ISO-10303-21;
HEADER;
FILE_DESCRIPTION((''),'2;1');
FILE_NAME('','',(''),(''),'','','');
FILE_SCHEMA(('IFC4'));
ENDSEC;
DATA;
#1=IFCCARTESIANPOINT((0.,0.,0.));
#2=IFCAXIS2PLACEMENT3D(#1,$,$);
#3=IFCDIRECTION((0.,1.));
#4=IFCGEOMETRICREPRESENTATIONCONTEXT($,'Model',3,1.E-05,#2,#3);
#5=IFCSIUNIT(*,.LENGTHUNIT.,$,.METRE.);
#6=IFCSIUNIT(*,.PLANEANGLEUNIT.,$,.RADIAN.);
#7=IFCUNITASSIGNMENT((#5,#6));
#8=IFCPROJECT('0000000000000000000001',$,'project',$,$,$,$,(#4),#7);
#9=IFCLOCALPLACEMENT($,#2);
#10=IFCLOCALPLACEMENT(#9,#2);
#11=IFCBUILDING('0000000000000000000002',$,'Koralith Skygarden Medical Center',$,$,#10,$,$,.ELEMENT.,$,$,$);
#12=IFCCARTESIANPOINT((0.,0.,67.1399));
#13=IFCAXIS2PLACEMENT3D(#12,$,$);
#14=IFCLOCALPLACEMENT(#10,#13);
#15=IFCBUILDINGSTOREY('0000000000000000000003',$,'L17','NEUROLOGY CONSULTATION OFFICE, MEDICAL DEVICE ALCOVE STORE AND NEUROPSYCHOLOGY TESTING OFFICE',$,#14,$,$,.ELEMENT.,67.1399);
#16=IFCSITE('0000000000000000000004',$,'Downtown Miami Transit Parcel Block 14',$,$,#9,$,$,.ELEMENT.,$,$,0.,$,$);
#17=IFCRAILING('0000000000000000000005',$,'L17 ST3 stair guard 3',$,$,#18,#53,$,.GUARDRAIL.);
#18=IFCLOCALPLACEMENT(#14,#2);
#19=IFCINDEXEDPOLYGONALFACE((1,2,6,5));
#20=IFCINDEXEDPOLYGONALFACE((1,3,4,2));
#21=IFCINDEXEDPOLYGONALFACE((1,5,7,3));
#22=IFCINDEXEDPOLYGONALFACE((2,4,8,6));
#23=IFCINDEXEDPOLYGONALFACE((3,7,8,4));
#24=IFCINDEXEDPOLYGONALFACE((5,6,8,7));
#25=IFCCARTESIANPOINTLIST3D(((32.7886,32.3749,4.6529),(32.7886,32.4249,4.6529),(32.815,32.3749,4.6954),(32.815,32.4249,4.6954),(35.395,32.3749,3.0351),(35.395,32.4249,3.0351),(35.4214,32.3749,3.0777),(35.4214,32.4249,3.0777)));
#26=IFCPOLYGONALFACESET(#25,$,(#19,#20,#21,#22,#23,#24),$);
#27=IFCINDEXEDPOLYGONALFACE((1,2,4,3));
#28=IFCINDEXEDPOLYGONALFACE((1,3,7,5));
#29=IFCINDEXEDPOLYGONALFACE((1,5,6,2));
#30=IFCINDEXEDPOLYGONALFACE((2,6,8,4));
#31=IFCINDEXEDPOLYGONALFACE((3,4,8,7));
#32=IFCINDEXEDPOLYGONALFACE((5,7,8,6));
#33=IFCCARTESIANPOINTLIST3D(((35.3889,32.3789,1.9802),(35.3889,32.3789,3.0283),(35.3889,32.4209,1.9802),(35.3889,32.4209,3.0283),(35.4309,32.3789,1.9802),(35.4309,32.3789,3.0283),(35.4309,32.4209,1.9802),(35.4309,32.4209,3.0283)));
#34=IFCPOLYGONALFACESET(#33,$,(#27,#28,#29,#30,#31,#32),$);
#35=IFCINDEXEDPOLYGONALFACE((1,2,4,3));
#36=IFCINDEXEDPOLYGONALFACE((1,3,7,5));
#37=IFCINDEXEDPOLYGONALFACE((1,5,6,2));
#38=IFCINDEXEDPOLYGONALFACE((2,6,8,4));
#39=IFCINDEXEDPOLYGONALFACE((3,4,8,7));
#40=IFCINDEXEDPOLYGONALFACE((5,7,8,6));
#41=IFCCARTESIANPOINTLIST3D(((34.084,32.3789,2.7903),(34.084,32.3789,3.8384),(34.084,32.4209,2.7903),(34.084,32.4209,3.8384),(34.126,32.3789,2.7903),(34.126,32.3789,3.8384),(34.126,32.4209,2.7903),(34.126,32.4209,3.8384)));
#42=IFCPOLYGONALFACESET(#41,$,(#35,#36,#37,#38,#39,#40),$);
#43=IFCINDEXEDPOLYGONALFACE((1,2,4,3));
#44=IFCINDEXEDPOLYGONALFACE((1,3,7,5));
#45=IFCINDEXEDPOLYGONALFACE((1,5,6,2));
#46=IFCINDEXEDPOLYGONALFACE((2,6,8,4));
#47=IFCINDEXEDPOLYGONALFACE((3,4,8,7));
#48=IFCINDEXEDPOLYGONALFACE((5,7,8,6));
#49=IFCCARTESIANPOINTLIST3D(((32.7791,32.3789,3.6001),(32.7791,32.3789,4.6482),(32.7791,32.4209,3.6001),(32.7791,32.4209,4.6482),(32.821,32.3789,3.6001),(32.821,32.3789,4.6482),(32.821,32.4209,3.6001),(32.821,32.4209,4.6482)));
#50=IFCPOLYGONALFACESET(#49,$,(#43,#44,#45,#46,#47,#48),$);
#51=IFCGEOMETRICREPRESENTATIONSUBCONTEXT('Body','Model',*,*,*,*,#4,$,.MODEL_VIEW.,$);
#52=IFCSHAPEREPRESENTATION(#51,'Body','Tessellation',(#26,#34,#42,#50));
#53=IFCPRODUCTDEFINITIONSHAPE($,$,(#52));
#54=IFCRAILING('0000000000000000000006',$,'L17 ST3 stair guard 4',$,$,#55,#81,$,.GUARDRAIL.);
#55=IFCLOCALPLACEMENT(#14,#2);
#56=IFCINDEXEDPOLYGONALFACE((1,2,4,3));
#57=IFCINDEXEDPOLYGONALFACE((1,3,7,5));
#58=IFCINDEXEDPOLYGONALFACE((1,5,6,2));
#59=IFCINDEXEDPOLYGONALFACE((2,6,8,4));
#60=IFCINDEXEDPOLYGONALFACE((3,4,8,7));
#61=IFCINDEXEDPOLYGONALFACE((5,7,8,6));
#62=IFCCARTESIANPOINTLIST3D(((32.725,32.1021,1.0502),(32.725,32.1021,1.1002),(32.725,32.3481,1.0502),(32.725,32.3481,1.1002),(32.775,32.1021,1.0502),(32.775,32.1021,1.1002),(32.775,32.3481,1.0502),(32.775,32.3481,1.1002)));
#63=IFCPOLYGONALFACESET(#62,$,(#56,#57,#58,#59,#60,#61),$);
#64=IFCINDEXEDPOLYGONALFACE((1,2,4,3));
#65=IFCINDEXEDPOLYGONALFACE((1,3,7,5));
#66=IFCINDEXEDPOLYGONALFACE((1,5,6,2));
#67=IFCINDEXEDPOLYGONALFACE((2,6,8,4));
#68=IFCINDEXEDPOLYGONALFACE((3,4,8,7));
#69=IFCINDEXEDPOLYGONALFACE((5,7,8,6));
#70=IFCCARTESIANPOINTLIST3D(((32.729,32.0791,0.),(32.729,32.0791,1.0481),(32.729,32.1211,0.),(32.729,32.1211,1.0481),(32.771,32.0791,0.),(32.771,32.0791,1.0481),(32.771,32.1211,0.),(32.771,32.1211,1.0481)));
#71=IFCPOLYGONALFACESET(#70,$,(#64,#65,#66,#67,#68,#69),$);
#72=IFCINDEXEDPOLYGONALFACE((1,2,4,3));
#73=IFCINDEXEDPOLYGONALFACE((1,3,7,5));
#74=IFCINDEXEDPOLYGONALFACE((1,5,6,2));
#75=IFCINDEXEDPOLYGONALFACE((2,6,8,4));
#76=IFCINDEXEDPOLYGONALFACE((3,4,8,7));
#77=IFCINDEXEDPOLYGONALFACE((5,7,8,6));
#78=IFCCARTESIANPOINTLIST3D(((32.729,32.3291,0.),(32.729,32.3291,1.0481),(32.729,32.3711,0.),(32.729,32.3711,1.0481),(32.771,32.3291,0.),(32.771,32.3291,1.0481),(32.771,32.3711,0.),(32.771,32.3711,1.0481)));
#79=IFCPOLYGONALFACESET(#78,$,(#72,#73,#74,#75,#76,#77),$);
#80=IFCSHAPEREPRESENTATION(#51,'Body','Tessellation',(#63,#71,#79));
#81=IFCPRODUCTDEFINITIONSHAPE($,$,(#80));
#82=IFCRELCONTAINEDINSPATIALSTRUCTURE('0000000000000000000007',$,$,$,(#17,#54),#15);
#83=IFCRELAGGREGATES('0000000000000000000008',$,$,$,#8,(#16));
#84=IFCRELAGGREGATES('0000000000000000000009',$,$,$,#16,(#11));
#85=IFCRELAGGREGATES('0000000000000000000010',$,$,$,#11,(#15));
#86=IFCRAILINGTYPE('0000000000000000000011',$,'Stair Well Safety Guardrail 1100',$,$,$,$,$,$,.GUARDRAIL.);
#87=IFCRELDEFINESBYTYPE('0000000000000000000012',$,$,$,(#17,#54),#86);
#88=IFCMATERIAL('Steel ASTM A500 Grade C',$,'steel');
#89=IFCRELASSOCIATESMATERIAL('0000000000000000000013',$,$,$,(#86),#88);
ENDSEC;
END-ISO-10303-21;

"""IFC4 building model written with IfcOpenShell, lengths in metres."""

from ifc_helpers import new_model, si_unit, direction, frame, origin, origin_2d, place, context, subcontext, project, spatial, rectangle, extrude, material, type_object, element, save


model = new_model("IFC4")

# Units and contexts
model_context = context("Model", 3, precision=1e-05, world=origin(), true_north=direction((0.0, 1.0)))
body_context = subcontext(model_context, "Body", "Model", "MODEL_VIEW")
ifc_project = project(units=[si_unit("LENGTHUNIT", "METRE"), si_unit("PLANEANGLEUNIT", "RADIAN")], contexts=[model_context])

# Site, building, storey
site_placement = place(None, origin())
site = spatial("IfcSite", under=ifc_project, at=site_placement, Name="Downtown Miami Transit Parcel Block 14", CompositionType="ELEMENT", RefElevation=0.0)
building_placement = place(site_placement, origin())
building = spatial("IfcBuilding", under=site, at=building_placement, Name="Koralith Skygarden Medical Center", CompositionType="ELEMENT")
storey_placement = place(building_placement, frame((0.0, 0.0, 67.1399)))
storey = spatial("IfcBuildingStorey", under=building, at=storey_placement, Name="L17", Description="NEUROLOGY CONSULTATION OFFICE, MEDICAL DEVICE ALCOVE STORE AND NEUROPSYCHOLOGY TESTING OFFICE", CompositionType="ELEMENT", Elevation=67.1399)

# Railings
ifc_material_1 = material(Name="Steel ASTM A500 Grade C", Category="steel")
railing_type_1 = type_object("IfcRailingType", Name="Stair Well Safety Guardrail 1100", PredefinedType="GUARDRAIL", material=ifc_material_1)
railing_1_placement = place(storey_placement, frame((35.4099, 32.3999, 1.9802)))
element("IfcRailing", 1, at=railing_1_placement, inside=storey, type_object=railing_type_1, Name="L17 ST3 stair guard 3", PredefinedType="GUARDRAIL", context=body_context, shape_type="SweptSolid", body=[
    extrude(rectangle(XDim=0.05, YDim=0.05, at=origin_2d()), frame((-0.0017, 0.0, 1.0762), z_axis=(-0.849646, 0.0, 0.527353), x_axis=(0.0, -1.0, 0.0)), (0.0, 0.0, 1.0), 3.0676),
    extrude(rectangle(XDim=0.042, YDim=0.042, at=origin_2d()), origin(), (0.0, 0.0, 1.0), 1.0481),
    extrude(rectangle(XDim=0.042, YDim=0.042, at=origin_2d()), frame((-1.3049, 0.0, 0.8101)), (0.0, 0.0, 1.0), 1.0481),
    extrude(rectangle(XDim=0.042, YDim=0.042, at=origin_2d()), frame((-2.6099, 0.0, 1.6199)), (0.0, 0.0, 1.0), 1.0481),
])
railing_2_placement = place(storey_placement, frame((32.75, 32.1001, 0.0)))
element("IfcRailing", 2, at=railing_2_placement, inside=storey, type_object=railing_type_1, Name="L17 ST3 stair guard 4", PredefinedType="GUARDRAIL", context=body_context, shape_type="SweptSolid", body=[
    extrude(rectangle(XDim=0.05, YDim=0.05, at=origin_2d()), frame((0.0, 0.002, 1.0752), z_axis=(0.0, 1.0, 0.0), x_axis=(-1.0, 0.0, 0.0)), (0.0, 0.0, 1.0), 0.2461),
    extrude(rectangle(XDim=0.042, YDim=0.042, at=origin_2d()), origin(), (0.0, 0.0, 1.0), 1.0481),
    extrude(rectangle(XDim=0.042, YDim=0.042, at=origin_2d()), frame((0.0, 0.25, 0.0)), (0.0, 0.0, 1.0), 1.0481),
])

save(model, "model.ifc")
